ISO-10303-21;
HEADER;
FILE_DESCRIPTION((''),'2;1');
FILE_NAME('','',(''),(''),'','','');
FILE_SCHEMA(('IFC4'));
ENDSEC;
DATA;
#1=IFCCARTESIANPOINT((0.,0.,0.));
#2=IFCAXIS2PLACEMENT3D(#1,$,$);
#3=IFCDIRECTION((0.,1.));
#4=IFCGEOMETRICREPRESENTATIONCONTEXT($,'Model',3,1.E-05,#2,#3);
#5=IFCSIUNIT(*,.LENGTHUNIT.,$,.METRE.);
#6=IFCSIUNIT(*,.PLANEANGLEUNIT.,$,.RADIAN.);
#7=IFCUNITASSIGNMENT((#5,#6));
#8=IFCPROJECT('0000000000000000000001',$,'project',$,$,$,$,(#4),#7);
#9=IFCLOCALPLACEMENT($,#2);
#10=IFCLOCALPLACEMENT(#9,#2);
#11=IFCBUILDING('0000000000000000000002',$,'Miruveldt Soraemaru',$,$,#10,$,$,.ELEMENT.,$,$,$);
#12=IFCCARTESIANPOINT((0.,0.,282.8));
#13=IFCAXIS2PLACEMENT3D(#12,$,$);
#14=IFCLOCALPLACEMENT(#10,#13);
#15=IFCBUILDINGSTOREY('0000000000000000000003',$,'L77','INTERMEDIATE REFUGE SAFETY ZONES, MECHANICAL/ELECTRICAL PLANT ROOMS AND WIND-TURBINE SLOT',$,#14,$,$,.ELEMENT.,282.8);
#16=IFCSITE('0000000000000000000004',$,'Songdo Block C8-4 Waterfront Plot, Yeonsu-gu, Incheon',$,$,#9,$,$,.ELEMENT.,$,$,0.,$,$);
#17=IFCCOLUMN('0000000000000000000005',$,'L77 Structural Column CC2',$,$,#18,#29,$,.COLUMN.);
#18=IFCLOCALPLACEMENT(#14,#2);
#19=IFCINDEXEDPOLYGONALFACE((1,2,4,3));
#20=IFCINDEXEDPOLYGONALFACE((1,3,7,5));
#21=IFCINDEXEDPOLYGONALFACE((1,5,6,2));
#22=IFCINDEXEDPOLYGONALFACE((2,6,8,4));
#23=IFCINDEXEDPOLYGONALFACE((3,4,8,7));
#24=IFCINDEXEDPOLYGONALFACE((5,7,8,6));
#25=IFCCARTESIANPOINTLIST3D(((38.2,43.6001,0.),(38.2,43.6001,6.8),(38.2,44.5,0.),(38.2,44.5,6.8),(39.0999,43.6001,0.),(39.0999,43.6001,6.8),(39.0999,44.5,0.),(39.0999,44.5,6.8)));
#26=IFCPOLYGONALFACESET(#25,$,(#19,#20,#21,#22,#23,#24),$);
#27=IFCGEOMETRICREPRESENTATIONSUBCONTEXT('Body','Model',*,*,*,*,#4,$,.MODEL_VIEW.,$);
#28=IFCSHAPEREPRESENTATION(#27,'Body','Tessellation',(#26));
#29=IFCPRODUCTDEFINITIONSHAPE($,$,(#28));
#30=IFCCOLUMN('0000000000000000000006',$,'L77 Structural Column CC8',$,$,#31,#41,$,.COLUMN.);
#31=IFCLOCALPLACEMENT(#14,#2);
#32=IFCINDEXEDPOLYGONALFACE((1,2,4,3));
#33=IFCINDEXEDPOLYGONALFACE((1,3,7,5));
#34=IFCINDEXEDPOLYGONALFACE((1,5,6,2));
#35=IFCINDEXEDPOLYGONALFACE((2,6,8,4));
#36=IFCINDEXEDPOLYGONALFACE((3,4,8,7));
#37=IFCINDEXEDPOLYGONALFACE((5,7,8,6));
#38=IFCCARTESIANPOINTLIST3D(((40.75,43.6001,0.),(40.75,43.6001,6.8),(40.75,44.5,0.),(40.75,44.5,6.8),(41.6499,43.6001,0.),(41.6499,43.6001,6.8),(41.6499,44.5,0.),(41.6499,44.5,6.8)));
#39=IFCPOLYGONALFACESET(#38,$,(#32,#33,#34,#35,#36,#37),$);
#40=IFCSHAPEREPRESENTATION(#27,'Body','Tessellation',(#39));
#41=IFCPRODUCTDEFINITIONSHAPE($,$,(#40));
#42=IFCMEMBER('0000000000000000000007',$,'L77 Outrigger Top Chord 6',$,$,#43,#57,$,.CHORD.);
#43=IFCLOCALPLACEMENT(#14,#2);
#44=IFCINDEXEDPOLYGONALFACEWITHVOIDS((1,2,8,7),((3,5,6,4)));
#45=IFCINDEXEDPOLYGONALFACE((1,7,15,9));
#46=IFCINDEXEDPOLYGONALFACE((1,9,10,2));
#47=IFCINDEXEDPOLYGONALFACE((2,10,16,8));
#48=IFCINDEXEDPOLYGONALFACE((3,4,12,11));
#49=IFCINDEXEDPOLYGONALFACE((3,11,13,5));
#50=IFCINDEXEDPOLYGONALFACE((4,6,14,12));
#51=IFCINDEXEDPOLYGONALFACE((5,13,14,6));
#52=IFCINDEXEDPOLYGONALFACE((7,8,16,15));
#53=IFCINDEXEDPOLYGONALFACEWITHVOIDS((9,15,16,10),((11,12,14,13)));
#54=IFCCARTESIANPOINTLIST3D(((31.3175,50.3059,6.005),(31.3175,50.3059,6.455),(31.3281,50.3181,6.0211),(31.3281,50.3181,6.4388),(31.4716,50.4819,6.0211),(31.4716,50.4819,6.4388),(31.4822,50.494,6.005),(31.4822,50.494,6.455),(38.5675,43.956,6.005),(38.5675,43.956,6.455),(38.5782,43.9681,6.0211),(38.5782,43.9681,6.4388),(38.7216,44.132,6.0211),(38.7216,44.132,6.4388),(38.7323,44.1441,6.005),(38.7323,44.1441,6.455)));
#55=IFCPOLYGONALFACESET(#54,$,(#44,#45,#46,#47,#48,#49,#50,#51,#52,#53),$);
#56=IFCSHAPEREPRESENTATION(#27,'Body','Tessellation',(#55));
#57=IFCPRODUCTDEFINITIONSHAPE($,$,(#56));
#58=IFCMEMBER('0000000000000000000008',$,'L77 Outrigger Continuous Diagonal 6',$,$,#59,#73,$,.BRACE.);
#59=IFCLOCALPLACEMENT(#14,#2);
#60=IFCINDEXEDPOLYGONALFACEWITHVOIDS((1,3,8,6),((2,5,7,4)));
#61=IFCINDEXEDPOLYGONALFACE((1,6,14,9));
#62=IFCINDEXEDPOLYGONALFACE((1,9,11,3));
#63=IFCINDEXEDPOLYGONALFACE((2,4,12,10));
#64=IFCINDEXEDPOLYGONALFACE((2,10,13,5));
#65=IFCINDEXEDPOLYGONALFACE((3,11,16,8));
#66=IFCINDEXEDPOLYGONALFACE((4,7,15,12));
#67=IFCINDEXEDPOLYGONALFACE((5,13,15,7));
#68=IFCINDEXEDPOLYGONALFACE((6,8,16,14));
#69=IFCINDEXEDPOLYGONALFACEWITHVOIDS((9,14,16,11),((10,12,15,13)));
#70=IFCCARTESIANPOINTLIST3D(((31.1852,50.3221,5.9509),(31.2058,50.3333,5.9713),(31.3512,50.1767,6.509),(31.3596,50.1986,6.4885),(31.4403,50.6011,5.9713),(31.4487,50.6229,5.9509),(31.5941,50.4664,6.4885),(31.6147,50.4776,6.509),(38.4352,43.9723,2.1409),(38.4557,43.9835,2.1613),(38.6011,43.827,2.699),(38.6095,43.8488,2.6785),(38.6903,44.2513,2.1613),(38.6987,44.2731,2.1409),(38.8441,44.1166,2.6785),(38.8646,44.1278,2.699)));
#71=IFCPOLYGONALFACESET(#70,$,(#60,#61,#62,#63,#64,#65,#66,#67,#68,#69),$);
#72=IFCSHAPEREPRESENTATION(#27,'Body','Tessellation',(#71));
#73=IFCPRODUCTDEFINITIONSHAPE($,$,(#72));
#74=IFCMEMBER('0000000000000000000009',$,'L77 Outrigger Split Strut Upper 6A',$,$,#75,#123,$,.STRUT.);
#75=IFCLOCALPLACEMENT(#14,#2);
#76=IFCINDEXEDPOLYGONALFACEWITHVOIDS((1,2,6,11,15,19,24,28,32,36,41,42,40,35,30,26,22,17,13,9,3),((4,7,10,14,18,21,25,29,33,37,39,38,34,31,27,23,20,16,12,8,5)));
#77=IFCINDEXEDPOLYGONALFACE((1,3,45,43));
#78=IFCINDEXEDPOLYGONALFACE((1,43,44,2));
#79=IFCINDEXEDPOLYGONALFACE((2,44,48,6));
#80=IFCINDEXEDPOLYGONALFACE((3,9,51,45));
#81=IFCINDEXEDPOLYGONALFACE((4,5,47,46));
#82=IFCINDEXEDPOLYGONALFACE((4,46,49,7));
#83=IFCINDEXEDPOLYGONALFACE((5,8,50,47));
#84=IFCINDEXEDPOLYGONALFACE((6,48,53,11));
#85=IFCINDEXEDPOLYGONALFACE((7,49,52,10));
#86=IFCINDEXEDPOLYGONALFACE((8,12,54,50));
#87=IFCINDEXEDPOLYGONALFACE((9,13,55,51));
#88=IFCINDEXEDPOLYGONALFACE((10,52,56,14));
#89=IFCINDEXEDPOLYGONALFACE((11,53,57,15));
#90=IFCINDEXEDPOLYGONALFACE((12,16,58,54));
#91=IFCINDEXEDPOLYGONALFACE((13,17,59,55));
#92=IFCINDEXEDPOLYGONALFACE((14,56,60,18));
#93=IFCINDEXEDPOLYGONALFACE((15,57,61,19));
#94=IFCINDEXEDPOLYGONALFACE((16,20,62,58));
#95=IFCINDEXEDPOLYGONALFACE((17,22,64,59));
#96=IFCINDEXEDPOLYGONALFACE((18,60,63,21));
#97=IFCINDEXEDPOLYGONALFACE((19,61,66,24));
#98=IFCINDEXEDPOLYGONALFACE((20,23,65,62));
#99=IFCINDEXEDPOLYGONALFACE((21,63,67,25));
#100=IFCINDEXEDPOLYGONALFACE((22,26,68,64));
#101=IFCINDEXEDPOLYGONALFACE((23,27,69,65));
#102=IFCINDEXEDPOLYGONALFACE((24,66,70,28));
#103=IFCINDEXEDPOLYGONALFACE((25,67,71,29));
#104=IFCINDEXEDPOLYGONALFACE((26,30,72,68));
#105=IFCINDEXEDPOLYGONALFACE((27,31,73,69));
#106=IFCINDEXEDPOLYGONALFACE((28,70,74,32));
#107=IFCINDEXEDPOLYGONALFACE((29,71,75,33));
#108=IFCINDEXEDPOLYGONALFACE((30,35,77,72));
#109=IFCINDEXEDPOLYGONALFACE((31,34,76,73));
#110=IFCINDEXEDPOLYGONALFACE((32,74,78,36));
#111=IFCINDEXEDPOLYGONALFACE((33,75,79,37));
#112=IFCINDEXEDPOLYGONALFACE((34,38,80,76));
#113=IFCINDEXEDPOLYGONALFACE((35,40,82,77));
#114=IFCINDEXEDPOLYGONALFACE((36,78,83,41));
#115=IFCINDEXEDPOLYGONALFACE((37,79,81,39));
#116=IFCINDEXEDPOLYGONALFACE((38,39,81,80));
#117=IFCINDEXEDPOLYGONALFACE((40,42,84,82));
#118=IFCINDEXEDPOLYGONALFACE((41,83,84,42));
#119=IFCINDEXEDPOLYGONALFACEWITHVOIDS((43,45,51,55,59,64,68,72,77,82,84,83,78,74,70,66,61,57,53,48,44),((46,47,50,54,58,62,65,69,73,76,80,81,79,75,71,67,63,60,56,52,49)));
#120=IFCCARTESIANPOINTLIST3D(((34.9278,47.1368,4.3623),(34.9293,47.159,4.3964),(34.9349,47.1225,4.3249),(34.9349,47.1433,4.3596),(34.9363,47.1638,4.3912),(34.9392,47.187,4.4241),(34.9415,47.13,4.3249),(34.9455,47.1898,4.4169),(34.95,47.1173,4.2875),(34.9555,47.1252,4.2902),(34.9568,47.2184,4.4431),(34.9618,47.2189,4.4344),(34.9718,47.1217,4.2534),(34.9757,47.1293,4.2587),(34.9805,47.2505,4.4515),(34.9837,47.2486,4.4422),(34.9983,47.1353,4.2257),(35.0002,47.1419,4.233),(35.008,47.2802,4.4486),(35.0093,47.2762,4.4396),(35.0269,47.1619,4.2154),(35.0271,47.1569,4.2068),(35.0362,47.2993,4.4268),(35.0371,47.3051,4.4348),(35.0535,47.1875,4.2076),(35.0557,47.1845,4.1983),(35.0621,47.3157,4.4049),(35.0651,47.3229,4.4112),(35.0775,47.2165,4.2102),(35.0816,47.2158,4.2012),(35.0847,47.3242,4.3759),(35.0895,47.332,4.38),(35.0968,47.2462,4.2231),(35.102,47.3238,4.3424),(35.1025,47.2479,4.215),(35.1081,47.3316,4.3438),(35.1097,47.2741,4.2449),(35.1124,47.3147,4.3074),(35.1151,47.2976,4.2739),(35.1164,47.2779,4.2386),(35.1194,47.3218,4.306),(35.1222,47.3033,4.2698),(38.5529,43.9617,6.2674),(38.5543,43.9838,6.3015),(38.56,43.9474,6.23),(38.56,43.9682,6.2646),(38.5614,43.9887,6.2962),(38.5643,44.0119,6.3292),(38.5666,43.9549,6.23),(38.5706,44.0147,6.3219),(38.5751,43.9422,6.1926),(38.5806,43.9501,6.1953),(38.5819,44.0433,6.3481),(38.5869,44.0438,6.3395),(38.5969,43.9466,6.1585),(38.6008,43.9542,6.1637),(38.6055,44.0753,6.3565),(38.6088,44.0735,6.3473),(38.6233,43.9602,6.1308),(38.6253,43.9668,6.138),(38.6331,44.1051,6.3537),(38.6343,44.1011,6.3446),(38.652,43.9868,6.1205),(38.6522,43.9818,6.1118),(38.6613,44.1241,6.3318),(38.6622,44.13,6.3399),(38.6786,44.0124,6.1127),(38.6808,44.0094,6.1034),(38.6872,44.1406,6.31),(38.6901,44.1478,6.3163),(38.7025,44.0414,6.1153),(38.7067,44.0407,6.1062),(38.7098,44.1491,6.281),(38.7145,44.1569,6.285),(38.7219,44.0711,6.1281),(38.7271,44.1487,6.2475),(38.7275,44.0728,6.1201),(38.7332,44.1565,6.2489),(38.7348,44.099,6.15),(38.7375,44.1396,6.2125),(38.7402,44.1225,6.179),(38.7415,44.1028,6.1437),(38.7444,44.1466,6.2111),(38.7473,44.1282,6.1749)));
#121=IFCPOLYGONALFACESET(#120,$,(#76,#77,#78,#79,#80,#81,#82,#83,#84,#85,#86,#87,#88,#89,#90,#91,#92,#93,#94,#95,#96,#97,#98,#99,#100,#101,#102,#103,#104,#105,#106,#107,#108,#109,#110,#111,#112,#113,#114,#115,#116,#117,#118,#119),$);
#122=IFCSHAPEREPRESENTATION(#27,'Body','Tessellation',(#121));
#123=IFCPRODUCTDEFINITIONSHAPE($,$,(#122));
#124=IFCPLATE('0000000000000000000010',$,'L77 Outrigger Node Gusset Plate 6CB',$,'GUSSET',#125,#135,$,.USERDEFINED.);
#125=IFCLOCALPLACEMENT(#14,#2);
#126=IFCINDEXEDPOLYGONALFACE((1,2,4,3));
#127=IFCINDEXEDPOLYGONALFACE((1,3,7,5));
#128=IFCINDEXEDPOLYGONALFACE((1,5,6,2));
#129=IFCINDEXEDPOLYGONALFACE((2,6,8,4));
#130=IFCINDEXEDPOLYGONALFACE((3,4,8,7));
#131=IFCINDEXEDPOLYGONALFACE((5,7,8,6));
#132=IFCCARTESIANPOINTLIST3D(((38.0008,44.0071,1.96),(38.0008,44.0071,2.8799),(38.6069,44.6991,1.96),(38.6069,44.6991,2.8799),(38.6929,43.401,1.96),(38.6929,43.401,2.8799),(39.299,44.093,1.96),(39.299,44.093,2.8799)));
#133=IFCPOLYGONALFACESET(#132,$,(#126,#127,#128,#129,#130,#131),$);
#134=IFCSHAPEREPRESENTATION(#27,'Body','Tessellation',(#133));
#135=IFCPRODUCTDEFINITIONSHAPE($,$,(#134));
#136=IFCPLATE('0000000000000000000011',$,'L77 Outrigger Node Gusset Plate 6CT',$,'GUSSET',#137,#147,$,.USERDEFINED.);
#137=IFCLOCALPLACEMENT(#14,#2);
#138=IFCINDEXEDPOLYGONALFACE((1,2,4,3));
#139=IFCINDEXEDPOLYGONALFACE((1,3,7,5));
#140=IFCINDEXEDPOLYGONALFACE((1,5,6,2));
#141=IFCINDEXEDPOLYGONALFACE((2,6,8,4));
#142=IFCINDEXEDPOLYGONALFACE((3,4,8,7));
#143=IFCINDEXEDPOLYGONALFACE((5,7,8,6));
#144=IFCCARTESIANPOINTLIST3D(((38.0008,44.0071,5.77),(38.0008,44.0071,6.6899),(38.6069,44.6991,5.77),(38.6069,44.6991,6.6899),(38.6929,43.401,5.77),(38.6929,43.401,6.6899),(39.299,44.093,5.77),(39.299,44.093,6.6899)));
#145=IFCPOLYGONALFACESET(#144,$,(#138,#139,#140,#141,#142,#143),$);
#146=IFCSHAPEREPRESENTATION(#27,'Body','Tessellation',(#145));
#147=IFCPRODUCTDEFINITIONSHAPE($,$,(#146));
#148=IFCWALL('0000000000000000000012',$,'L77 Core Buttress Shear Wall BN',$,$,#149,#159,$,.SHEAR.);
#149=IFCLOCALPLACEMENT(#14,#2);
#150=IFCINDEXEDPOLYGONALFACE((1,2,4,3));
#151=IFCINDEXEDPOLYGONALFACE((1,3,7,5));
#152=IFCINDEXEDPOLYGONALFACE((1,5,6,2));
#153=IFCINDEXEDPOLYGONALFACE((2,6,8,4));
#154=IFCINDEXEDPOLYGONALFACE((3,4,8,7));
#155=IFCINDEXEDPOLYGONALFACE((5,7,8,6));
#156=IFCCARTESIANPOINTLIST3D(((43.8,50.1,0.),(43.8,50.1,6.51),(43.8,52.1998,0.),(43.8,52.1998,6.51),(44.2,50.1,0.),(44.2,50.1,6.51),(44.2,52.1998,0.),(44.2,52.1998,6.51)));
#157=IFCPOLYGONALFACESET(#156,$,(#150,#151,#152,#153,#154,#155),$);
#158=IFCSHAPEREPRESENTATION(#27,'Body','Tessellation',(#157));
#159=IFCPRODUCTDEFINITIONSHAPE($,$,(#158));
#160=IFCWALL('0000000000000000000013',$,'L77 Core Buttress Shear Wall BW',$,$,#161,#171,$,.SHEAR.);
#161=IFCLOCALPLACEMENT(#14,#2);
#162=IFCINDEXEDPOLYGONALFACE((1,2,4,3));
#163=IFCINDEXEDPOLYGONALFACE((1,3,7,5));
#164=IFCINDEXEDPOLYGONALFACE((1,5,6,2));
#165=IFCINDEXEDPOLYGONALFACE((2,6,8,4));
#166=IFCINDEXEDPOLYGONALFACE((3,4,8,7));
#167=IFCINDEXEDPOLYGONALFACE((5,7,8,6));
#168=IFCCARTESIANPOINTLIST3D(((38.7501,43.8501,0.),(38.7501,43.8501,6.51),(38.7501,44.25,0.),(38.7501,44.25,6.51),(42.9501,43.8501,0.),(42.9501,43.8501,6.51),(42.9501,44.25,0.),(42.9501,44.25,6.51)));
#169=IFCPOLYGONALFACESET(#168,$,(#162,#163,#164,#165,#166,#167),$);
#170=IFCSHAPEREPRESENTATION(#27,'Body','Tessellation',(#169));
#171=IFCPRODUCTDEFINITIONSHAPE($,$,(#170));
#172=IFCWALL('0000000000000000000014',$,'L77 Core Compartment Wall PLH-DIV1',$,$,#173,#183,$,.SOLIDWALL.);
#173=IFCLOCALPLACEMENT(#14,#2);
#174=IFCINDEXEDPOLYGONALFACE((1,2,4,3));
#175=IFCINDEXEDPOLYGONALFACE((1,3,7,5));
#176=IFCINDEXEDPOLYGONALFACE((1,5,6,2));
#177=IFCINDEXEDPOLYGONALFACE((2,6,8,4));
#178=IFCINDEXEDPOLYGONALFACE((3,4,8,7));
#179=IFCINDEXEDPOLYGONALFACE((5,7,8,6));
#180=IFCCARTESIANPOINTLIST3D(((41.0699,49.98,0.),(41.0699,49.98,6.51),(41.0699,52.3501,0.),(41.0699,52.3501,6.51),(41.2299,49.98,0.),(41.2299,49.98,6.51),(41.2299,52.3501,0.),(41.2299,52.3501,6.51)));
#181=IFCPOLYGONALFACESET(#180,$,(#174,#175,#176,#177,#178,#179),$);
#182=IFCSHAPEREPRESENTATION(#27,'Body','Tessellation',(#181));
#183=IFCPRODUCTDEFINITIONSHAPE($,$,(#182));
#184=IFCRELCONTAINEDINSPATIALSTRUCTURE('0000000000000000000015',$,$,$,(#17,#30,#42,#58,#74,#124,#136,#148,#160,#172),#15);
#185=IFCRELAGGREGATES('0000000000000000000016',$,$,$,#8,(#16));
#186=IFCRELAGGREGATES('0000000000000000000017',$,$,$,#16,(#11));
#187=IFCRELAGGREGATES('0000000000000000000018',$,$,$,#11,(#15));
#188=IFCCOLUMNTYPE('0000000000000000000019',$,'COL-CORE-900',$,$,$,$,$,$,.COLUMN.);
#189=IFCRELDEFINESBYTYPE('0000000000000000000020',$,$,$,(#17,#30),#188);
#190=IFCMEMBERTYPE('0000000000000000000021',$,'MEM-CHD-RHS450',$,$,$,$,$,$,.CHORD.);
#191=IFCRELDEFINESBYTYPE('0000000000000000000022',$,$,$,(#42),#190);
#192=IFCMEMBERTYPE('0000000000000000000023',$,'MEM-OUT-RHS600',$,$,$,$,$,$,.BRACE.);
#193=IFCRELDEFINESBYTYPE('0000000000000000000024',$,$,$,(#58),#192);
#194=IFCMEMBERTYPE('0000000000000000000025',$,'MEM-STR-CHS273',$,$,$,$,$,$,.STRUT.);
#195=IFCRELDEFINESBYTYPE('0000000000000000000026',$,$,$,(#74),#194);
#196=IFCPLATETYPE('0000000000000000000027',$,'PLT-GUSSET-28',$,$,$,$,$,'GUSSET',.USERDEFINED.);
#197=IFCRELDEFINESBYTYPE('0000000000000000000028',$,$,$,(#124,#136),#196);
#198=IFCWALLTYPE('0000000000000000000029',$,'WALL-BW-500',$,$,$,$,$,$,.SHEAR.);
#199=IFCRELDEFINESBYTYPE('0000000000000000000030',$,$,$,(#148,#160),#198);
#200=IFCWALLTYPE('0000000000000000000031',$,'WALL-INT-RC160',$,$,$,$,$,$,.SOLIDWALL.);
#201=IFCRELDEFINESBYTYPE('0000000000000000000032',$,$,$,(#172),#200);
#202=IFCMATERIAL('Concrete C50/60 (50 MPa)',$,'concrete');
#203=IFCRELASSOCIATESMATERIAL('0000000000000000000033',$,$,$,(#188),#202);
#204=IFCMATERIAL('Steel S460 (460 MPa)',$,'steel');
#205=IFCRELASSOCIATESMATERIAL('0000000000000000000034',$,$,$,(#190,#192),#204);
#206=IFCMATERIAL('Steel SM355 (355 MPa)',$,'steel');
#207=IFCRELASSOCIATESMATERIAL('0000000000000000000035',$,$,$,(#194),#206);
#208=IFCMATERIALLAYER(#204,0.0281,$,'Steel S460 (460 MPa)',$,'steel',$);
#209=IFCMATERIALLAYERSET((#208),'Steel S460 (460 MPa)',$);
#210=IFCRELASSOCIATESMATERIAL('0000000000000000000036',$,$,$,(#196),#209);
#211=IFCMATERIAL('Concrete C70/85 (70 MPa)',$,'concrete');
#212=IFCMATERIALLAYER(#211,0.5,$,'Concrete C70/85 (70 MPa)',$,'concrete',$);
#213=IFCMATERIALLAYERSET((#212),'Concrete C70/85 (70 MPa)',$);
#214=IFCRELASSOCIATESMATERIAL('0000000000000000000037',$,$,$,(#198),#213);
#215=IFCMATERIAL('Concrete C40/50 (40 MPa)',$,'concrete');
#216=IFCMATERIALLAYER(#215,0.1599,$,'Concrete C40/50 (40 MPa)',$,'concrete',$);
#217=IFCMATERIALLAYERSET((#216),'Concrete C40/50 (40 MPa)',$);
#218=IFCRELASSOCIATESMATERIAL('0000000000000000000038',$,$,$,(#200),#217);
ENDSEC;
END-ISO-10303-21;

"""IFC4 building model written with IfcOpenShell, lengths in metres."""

from ifc_helpers import new_model, si_unit, direction, frame, frame_2d, origin, origin_2d, place, context, subcontext, project, spatial, rectangle, hollow_rectangle, hollow_circle, extrude, material, layer, layer_set, material_profile, profile_set, type_object, element, save


model = new_model("IFC4")

# Units and contexts
model_context = context("Model", 3, precision=1e-05, world=origin(), true_north=direction((0.0, 1.0)))
body_context = subcontext(model_context, "Body", "Model", "MODEL_VIEW")
ifc_project = project(units=[si_unit("LENGTHUNIT", "METRE"), si_unit("PLANEANGLEUNIT", "RADIAN")], contexts=[model_context])

# Site, building, storey
site_placement = place(None, origin())
site = spatial("IfcSite", under=ifc_project, at=site_placement, Name="Songdo Block C8-4 Waterfront Plot, Yeonsu-gu, Incheon", CompositionType="ELEMENT", RefElevation=0.0)
building_placement = place(site_placement, origin())
building = spatial("IfcBuilding", under=site, at=building_placement, Name="Miruveldt Soraemaru", CompositionType="ELEMENT")
storey_placement = place(building_placement, frame((0.0, 0.0, 282.8)))
storey = spatial("IfcBuildingStorey", under=building, at=storey_placement, Name="L77", Description="INTERMEDIATE REFUGE SAFETY ZONES, MECHANICAL/ELECTRICAL PLANT ROOMS AND WIND-TURBINE SLOT", CompositionType="ELEMENT", Elevation=282.8)

# Columns
ifc_material_1 = material(Name="Concrete C50/60 (50 MPa)", Category="concrete")
ifc_material_profile_1 = material_profile(ifc_material_1, rectangle(XDim=0.8999, YDim=0.8999, at=origin_2d()), Name="Concrete C50/60 (50 MPa)", Category="concrete")
ifc_profile_set_1 = profile_set([ifc_material_profile_1], Name="Concrete C50/60 (50 MPa)")
column_type = type_object("IfcColumnType", Name="COL-CORE-900", PredefinedType="COLUMN", material=ifc_profile_set_1)
for number, where, z_axis, x_axis, name in (
    (1, (38.6499, 44.05, 0.0), (0.0, 0.0, 1.0), (1.0, 0.0, 0.0), "L77 Structural Column CC2"),
    (2, (41.2, 44.05, 0.0), (0.0, 0.0, 1.0), (1.0, 0.0, 0.0), "L77 Structural Column CC8"),
):
    element("IfcColumn", number, at=place(storey_placement, frame(where, z_axis=z_axis, x_axis=x_axis)), inside=storey, type_object=column_type, Name=name, PredefinedType="COLUMN", context=body_context, shape_type="SweptSolid", body=[
        extrude(rectangle(XDim=0.8999, YDim=0.8999, at=origin_2d()), origin(), (0.0, 0.0, 1.0), 6.8),
    ])

# Members
ifc_material_2 = material(Name="Steel S460 (460 MPa)", Category="steel")
ifc_material_profile_2 = material_profile(ifc_material_2, hollow_rectangle(XDim=0.25, YDim=0.45, WallThickness=0.0161, at=origin_2d()), Name="Steel S460 (460 MPa)", Category="steel")
ifc_profile_set_2 = profile_set([ifc_material_profile_2], Name="Steel S460 (460 MPa)")
member_type_1 = type_object("IfcMemberType", Name="MEM-CHD-RHS450", PredefinedType="CHORD", material=ifc_profile_set_2)
member_1_placement = place(storey_placement, frame((38.6499, 44.05, 6.23), z_axis=(-0.752263, 0.658863, 0.0), x_axis=(-0.658863, -0.752263, 0.0)))
element("IfcMember", 3, at=member_1_placement, inside=storey, type_object=member_type_1, Name="L77 Outrigger Top Chord 6", PredefinedType="CHORD", context=body_context, shape_type="SweptSolid", body=[
    extrude(hollow_rectangle(XDim=0.25, YDim=0.45, WallThickness=0.0161, at=origin_2d()), origin(), (0.0, 0.0, 1.0), 9.6377),
])
ifc_material_profile_3 = material_profile(ifc_material_2, hollow_rectangle(XDim=0.3999, YDim=0.6001, WallThickness=0.022, at=origin_2d()), Name="Steel S460 (460 MPa)", Category="steel")
ifc_profile_set_3 = profile_set([ifc_material_profile_3], Name="Steel S460 (460 MPa)")
member_type_2 = type_object("IfcMemberType", Name="MEM-OUT-RHS600", PredefinedType="BRACE", material=ifc_profile_set_3)
member_2_placement = place(storey_placement, frame((38.6499, 44.05, 2.4199), z_axis=(-0.699579, 0.61272, 0.367646), x_axis=(-0.658863, -0.752263, 0.0)))
element("IfcMember", 4, at=member_2_placement, inside=storey, type_object=member_type_2, Name="L77 Outrigger Continuous Diagonal 6", PredefinedType="BRACE", context=body_context, shape_type="SweptSolid", body=[
    extrude(hollow_rectangle(XDim=0.3999, YDim=0.6001, WallThickness=0.022, at=origin_2d()), origin(), (0.0, 0.0, 1.0), 10.3633),
])
ifc_material_3 = material(Name="Steel SM355 (355 MPa)", Category="steel")
ifc_material_profile_4 = material_profile(ifc_material_3, hollow_circle(Radius=0.1365, WallThickness=0.01, at=origin_2d()), Name="Steel SM355 (355 MPa)", Category="steel")
ifc_profile_set_4 = profile_set([ifc_material_profile_4], Name="Steel SM355 (355 MPa)")
member_type_3 = type_object("IfcMemberType", Name="MEM-STR-CHS273", PredefinedType="STRUT", material=ifc_profile_set_4)
member_3_placement = place(storey_placement, frame((38.6499, 44.05, 6.23), z_axis=(-0.699568, 0.612735, -0.367641), x_axis=(-0.658878, -0.75225, 0.0)))
element("IfcMember", 5, at=member_3_placement, inside=storey, type_object=member_type_3, Name="L77 Outrigger Split Strut Upper 6A", PredefinedType="STRUT", context=body_context, shape_type="SweptSolid", body=[
    extrude(hollow_circle(Radius=0.1365, WallThickness=0.01, at=origin_2d()), origin(), (0.0, 0.0, 1.0), 5.1819),
])

# Plates
ifc_layer_1 = layer(ifc_material_2, 0.0281, Name="Steel S460 (460 MPa)", Category="steel")
ifc_layer_set_1 = layer_set([ifc_layer_1], Name="Steel S460 (460 MPa)")
plate_type = type_object("IfcPlateType", Name="PLT-GUSSET-28", ElementType="GUSSET", PredefinedType="USERDEFINED", material=ifc_layer_set_1)
for number, where, z_axis, x_axis, name in (
    (6, (38.6499, 44.05, 1.96), (0.0, 0.0, 1.0), (-0.7523, 0.658821, 0.0), "L77 Outrigger Node Gusset Plate 6CB"),
    (7, (38.6499, 44.05, 5.77), (0.0, 0.0, 1.0), (-0.7523, 0.658821, 0.0), "L77 Outrigger Node Gusset Plate 6CT"),
):
    element("IfcPlate", number, at=place(storey_placement, frame(where, z_axis=z_axis, x_axis=x_axis)), inside=storey, type_object=plate_type, Name=name, ObjectType="GUSSET", PredefinedType="USERDEFINED", context=body_context, shape_type="SweptSolid", body=[
        extrude(rectangle(XDim=0.9199, YDim=0.9199, at=origin_2d()), origin(), (0.0, 0.0, 1.0), 0.9199),
    ])

# Walls
ifc_material_4 = material(Name="Concrete C70/85 (70 MPa)", Category="concrete")
ifc_layer_2 = layer(ifc_material_4, 0.5, Name="Concrete C70/85 (70 MPa)", Category="concrete")
ifc_layer_set_2 = layer_set([ifc_layer_2], Name="Concrete C70/85 (70 MPa)")
wall_type_1 = type_object("IfcWallType", Name="WALL-BW-500", PredefinedType="SHEAR", material=ifc_layer_set_2)
wall_1_placement = place(storey_placement, frame((44.0, 50.1001, 0.0), z_axis=(0.0, 0.0, 1.0), x_axis=(0.0, 1.0, 0.0)))
element("IfcWall", 8, at=wall_1_placement, inside=storey, type_object=wall_type_1, Name="L77 Core Buttress Shear Wall BN", PredefinedType="SHEAR", context=body_context, shape_type="SweptSolid", body=[
    extrude(rectangle(XDim=2.0999, YDim=0.3999, at=frame_2d((1.0498, 0.0))), origin(), (0.0, 0.0, 1.0), 6.51),
])
wall_2_placement = place(storey_placement, frame((38.75, 44.05, 0.0), z_axis=(0.0, 0.0, 1.0), x_axis=(1.0, 0.0, 0.0)))
element("IfcWall", 9, at=wall_2_placement, inside=storey, type_object=wall_type_1, Name="L77 Core Buttress Shear Wall BW", PredefinedType="SHEAR", context=body_context, shape_type="SweptSolid", body=[
    extrude(rectangle(XDim=4.2, YDim=0.3999, at=frame_2d((2.1001, 0.0))), origin(), (0.0, 0.0, 1.0), 6.51),
])
ifc_material_5 = material(Name="Concrete C40/50 (40 MPa)", Category="concrete")
ifc_layer_3 = layer(ifc_material_5, 0.1599, Name="Concrete C40/50 (40 MPa)", Category="concrete")
ifc_layer_set_3 = layer_set([ifc_layer_3], Name="Concrete C40/50 (40 MPa)")
wall_type_2 = type_object("IfcWallType", Name="WALL-INT-RC160", PredefinedType="SOLIDWALL", material=ifc_layer_set_3)
wall_3_placement = place(storey_placement, frame((41.1499, 49.98, 0.0), z_axis=(0.0, 0.0, 1.0), x_axis=(0.0, 1.0, 0.0)))
element("IfcWall", 10, at=wall_3_placement, inside=storey, type_object=wall_type_2, Name="L77 Core Compartment Wall PLH-DIV1", PredefinedType="SOLIDWALL", context=body_context, shape_type="SweptSolid", body=[
    extrude(rectangle(XDim=2.3701, YDim=0.1599, at=frame_2d((1.1851, 0.0))), origin(), (0.0, 0.0, 1.0), 6.51),
])

save(model, "model.ifc")
